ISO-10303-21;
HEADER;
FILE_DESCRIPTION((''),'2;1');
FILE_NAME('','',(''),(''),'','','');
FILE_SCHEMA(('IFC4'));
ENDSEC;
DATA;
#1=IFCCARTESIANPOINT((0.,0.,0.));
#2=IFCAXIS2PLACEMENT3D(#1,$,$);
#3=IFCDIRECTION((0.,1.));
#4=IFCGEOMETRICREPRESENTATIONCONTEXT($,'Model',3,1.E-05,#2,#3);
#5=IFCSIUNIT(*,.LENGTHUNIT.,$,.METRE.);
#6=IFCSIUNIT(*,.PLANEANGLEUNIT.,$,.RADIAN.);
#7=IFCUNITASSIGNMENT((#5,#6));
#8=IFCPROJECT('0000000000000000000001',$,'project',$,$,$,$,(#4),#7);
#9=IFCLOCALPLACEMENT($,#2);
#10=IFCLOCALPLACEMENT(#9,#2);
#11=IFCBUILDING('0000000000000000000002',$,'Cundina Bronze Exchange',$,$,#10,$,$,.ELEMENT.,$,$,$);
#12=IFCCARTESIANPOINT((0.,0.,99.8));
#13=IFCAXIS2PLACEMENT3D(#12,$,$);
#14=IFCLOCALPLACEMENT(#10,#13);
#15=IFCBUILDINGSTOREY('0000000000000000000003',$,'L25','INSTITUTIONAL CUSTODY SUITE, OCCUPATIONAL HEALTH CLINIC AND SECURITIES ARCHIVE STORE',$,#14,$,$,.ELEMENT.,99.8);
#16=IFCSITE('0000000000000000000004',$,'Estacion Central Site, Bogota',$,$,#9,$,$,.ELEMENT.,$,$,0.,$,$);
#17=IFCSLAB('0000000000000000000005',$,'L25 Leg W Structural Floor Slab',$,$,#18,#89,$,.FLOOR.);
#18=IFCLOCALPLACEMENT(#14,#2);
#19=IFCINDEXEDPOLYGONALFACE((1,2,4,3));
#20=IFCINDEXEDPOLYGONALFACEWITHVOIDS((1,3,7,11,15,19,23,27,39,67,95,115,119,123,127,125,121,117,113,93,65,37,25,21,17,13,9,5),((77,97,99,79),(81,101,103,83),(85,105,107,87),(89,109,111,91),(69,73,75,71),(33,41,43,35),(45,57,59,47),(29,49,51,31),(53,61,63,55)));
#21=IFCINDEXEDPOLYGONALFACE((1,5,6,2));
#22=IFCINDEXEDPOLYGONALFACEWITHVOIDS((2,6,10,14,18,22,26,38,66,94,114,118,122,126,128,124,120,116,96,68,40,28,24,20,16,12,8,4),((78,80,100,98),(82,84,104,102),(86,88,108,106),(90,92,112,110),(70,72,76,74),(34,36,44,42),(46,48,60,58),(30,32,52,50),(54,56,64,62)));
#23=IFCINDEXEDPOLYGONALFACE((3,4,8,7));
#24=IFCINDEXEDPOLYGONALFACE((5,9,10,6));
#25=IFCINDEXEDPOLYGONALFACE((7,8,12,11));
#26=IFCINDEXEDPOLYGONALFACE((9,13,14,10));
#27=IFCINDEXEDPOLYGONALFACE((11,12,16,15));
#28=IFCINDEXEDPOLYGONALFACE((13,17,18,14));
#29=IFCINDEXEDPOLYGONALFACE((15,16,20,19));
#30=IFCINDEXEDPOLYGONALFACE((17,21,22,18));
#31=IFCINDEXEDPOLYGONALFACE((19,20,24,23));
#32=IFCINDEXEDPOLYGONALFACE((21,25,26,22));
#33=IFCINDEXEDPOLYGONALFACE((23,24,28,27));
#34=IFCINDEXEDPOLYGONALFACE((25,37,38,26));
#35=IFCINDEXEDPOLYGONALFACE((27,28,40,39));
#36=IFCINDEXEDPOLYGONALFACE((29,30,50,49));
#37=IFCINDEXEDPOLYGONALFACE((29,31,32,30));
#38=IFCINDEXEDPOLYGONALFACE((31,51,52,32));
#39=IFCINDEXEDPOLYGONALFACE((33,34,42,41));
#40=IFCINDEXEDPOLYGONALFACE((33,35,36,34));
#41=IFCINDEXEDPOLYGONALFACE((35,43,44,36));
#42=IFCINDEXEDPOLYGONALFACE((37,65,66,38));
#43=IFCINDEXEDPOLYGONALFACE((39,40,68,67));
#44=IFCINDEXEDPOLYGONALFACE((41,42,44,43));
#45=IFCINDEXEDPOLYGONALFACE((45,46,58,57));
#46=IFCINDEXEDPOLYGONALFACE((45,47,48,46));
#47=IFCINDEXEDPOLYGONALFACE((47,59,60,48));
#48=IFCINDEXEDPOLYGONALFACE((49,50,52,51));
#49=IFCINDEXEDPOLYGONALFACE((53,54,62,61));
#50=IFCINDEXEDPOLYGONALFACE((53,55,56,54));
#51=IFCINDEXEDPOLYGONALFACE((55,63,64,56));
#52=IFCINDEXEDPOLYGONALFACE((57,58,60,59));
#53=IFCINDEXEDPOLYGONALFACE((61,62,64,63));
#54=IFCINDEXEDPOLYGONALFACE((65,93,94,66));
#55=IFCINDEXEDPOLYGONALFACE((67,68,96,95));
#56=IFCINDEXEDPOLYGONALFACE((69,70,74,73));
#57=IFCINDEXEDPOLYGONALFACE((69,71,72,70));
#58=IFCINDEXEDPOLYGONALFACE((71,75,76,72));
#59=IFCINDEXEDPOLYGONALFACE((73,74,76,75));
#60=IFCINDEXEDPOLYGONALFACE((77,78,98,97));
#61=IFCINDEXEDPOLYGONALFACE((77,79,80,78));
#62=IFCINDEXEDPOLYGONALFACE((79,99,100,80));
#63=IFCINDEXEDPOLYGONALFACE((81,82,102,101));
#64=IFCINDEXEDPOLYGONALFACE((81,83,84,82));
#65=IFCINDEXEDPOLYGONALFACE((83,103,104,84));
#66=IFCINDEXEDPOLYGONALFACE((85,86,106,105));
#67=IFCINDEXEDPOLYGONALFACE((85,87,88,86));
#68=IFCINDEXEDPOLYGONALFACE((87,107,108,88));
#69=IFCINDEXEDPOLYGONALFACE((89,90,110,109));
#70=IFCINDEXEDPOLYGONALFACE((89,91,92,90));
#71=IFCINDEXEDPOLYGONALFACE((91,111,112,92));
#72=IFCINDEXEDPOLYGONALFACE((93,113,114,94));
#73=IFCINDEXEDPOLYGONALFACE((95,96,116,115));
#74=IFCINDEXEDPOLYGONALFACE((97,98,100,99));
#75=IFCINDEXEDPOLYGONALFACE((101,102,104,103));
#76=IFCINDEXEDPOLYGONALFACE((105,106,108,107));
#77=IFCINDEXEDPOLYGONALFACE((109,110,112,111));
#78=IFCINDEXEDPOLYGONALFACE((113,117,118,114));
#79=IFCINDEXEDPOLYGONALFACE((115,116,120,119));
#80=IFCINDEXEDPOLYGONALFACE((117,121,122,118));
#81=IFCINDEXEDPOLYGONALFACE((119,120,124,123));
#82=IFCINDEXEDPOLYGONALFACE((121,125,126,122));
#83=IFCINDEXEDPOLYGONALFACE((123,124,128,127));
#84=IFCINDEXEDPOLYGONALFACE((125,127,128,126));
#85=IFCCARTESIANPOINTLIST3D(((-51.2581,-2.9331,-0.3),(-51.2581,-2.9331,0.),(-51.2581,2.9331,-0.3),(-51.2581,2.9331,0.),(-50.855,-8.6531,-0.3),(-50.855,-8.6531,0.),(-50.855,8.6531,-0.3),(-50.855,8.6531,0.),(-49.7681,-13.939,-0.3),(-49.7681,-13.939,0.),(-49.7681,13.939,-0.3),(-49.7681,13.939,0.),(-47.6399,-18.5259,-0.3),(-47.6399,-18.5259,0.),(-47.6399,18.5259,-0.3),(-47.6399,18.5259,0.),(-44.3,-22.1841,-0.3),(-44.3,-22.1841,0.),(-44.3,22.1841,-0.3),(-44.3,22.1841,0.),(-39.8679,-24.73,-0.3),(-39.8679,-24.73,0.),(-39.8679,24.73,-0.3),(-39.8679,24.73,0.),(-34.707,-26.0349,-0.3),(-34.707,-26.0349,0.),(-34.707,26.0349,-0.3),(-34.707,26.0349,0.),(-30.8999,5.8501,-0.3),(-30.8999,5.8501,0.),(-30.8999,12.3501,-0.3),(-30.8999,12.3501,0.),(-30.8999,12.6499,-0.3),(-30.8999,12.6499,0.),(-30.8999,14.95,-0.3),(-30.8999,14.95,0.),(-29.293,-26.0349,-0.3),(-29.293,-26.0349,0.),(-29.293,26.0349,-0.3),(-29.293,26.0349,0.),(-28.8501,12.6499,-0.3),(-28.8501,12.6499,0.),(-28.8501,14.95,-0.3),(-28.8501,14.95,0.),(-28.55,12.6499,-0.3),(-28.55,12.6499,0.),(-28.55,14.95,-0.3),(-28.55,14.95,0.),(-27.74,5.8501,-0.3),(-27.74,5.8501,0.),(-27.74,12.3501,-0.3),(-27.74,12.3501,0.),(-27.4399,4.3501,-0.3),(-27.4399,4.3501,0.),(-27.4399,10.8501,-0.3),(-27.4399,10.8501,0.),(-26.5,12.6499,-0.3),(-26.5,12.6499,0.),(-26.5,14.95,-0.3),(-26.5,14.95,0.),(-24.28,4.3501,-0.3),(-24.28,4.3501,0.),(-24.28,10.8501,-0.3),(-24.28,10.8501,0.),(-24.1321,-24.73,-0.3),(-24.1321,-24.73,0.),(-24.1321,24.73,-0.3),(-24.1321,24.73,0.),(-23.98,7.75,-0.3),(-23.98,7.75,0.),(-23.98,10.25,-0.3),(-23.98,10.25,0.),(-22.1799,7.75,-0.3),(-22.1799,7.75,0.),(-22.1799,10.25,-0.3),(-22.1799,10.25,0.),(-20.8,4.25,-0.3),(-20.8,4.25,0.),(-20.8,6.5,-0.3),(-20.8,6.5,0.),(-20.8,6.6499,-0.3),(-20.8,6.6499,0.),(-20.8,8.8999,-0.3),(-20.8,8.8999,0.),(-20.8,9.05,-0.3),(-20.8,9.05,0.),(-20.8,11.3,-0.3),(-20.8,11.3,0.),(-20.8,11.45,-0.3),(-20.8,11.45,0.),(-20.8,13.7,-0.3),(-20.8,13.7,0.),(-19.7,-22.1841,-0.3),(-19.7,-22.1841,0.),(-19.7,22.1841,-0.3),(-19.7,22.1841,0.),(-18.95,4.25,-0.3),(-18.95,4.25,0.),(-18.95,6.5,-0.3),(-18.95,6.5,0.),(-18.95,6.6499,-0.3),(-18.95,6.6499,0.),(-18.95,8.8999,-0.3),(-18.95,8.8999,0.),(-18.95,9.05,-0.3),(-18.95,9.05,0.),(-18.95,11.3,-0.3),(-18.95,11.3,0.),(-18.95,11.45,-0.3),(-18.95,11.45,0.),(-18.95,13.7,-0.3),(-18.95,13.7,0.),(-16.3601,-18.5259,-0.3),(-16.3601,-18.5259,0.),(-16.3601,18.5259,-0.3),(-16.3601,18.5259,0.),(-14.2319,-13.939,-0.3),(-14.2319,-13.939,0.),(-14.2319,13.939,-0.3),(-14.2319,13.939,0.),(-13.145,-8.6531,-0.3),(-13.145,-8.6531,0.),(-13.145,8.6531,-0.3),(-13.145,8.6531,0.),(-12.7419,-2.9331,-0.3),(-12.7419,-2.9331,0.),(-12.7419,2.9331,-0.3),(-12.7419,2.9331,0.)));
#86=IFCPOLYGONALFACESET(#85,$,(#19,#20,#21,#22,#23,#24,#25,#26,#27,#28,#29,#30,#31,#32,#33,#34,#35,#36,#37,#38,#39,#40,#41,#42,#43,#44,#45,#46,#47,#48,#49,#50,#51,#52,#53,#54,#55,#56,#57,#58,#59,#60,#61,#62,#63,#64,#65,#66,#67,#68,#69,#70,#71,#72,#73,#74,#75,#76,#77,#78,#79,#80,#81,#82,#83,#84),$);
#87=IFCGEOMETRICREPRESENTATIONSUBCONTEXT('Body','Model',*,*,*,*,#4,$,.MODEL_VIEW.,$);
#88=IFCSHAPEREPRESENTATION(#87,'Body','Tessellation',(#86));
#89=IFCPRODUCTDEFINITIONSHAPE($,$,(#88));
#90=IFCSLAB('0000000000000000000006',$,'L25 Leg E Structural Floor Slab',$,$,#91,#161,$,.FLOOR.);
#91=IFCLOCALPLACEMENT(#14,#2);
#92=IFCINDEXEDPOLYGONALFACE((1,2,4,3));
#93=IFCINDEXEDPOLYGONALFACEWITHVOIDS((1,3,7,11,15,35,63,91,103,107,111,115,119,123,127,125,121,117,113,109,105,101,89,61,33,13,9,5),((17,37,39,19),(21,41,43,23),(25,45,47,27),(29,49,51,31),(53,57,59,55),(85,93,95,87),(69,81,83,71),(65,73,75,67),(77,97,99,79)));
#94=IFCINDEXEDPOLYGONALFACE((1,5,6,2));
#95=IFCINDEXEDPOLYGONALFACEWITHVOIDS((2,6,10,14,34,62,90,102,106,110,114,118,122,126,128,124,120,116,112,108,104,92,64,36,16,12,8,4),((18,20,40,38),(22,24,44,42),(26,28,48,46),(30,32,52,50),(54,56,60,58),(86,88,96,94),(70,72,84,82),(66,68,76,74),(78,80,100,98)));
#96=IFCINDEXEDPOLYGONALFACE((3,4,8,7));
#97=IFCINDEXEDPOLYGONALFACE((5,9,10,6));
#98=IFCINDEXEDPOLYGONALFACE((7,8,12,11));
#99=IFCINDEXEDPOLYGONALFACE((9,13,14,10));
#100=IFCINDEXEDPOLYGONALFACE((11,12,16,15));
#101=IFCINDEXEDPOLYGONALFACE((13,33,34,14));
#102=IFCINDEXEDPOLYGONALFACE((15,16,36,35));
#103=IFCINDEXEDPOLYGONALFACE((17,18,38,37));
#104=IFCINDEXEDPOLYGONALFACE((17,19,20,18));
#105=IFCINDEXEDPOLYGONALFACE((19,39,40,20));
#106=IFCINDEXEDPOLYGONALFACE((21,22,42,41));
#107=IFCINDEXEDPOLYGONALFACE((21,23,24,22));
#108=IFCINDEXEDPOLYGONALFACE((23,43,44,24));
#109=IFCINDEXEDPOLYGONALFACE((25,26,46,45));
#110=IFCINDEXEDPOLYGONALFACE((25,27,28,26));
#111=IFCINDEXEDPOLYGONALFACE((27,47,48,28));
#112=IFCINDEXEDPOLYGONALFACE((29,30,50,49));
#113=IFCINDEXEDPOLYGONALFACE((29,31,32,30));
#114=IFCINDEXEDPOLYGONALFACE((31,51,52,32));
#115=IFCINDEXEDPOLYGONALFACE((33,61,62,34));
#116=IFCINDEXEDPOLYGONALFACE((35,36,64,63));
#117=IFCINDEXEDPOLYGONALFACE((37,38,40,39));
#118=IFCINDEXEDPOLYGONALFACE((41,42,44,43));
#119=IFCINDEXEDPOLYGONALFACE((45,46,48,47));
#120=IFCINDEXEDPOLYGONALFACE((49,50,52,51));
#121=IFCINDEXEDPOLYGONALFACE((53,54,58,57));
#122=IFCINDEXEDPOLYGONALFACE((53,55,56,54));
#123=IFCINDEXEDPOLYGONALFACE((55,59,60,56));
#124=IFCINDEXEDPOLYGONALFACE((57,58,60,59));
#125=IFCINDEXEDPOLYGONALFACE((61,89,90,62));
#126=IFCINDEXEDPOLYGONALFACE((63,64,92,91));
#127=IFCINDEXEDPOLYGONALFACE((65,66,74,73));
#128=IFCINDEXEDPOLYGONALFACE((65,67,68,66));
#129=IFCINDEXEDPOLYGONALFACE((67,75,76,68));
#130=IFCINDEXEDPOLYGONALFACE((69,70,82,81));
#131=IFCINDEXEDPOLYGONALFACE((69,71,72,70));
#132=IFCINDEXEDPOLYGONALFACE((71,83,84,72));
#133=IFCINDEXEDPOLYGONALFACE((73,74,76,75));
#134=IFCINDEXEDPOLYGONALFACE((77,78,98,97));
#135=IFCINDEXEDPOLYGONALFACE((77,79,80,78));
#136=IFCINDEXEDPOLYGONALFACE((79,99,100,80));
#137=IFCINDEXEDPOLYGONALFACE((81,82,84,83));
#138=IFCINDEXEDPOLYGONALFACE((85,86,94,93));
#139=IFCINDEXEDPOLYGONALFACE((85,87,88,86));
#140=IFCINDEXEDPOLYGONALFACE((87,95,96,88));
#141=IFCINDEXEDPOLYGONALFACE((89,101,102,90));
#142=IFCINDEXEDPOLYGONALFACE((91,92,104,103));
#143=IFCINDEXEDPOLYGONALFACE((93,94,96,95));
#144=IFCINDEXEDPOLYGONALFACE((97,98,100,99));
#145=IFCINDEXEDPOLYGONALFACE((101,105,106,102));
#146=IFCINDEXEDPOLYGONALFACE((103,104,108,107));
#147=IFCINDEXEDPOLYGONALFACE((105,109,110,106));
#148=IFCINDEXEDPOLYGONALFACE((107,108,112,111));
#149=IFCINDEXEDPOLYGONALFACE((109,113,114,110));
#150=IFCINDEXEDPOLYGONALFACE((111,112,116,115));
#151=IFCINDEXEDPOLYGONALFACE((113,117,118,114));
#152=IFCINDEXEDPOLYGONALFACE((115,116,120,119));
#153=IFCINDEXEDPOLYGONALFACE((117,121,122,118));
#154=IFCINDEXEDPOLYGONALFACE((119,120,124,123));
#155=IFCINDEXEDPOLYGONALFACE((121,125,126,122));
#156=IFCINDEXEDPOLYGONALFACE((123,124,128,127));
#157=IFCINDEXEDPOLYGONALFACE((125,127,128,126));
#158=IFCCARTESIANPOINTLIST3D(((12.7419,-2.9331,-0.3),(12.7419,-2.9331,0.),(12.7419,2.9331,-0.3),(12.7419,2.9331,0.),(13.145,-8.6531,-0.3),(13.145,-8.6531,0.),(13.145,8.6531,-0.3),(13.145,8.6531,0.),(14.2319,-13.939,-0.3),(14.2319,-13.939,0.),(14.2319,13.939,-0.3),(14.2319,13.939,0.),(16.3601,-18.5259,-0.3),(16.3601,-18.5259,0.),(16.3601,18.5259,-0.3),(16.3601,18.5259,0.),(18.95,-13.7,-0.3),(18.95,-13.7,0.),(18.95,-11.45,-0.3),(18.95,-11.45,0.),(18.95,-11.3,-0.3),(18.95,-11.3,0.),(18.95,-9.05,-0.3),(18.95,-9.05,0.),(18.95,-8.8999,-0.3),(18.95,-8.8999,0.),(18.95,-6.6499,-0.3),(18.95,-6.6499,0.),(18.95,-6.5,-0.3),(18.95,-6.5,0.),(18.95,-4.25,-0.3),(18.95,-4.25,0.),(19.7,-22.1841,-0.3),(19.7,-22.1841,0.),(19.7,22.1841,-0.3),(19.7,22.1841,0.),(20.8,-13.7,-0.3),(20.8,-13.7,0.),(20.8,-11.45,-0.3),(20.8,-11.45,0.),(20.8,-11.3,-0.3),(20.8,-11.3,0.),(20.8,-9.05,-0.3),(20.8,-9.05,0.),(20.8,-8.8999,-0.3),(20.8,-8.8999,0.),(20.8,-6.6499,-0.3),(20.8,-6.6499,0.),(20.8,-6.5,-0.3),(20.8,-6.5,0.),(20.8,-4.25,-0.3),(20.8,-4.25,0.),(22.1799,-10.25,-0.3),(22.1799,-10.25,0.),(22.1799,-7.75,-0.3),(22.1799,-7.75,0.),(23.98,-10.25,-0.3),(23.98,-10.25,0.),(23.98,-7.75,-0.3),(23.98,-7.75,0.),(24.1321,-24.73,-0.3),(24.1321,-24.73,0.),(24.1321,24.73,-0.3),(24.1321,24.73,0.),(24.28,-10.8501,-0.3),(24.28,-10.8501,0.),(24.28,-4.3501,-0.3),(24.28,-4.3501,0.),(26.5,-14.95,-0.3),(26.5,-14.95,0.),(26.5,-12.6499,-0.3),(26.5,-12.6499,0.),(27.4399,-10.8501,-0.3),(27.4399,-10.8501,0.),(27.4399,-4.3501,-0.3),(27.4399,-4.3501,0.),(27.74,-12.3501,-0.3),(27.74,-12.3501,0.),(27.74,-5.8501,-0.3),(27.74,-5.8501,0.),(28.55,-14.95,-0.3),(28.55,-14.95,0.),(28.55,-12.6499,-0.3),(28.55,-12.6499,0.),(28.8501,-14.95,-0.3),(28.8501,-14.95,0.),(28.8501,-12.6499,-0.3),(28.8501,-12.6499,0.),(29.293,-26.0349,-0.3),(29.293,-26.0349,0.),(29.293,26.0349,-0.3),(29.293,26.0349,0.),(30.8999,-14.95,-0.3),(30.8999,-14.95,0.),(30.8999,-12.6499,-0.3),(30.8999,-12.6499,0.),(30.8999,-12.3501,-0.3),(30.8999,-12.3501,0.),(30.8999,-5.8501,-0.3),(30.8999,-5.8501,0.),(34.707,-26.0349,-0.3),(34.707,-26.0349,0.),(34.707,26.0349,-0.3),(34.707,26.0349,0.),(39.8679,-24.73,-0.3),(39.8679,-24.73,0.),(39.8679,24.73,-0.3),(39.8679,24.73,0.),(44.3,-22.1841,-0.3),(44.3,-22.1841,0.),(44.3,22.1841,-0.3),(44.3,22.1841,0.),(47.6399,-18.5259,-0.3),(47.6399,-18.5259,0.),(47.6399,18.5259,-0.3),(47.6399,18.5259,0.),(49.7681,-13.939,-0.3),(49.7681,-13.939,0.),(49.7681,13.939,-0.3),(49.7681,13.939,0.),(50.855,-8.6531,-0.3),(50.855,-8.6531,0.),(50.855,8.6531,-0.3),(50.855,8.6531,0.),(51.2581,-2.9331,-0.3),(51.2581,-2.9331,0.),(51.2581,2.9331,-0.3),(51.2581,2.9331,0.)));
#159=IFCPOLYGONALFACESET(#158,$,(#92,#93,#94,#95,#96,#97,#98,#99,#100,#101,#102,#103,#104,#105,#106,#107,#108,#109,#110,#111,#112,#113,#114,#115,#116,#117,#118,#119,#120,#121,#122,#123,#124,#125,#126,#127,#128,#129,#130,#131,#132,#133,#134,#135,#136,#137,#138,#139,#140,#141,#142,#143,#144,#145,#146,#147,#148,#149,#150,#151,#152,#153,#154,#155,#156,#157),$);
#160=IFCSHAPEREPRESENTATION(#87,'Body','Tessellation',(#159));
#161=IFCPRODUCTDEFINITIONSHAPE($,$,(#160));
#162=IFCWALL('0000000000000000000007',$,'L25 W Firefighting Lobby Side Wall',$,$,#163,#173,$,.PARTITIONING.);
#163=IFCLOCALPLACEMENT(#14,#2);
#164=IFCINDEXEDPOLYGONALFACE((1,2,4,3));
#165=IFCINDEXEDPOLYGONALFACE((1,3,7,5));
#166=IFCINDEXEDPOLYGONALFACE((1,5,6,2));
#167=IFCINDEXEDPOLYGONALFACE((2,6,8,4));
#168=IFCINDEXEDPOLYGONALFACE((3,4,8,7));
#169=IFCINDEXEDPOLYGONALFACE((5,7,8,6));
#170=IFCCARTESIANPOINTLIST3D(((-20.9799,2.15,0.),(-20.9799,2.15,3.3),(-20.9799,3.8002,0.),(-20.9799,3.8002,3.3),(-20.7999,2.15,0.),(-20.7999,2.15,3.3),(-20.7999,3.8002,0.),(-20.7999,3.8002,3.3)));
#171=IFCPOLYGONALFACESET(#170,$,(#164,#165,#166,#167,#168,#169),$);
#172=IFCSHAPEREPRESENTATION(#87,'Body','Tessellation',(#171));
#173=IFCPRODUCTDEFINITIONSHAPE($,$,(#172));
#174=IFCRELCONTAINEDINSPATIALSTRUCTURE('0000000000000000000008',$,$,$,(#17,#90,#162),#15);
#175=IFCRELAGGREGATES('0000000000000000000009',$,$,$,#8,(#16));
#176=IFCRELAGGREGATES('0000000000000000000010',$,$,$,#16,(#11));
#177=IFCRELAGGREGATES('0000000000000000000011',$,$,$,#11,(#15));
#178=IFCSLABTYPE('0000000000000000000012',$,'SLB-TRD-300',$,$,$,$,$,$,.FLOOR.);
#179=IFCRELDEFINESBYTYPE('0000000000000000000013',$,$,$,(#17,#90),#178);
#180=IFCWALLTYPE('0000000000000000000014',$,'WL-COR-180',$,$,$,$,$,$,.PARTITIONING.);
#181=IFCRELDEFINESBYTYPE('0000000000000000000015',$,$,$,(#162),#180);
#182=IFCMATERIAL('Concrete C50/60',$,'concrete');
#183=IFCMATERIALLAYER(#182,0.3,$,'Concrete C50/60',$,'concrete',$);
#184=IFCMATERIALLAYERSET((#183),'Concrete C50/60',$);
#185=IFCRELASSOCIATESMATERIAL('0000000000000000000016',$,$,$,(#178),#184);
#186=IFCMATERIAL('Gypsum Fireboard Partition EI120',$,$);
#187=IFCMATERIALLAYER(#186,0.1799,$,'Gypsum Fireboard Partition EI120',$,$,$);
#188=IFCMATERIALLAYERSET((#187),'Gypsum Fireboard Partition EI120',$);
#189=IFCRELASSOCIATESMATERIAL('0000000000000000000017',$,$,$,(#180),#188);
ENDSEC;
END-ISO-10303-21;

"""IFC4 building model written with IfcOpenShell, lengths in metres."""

from ifc_helpers import new_model, si_unit, direction, frame, frame_2d, origin, place, context, subcontext, project, spatial, polyline, rectangle, outline, extrude, material, layer, layer_set, type_object, element, save


model = new_model("IFC4")

# Units and contexts
model_context = context("Model", 3, precision=1e-05, world=origin(), true_north=direction((0.0, 1.0)))
body_context = subcontext(model_context, "Body", "Model", "MODEL_VIEW")
ifc_project = project(units=[si_unit("LENGTHUNIT", "METRE"), si_unit("PLANEANGLEUNIT", "RADIAN")], contexts=[model_context])

# Site, building, storey
site_placement = place(None, origin())
site = spatial("IfcSite", under=ifc_project, at=site_placement, Name="Estacion Central Site, Bogota", CompositionType="ELEMENT", RefElevation=0.0)
building_placement = place(site_placement, origin())
building = spatial("IfcBuilding", under=site, at=building_placement, Name="Cundina Bronze Exchange", CompositionType="ELEMENT")
storey_placement = place(building_placement, frame((0.0, 0.0, 99.8)))
storey = spatial("IfcBuildingStorey", under=building, at=storey_placement, Name="L25", Description="INSTITUTIONAL CUSTODY SUITE, OCCUPATIONAL HEALTH CLINIC AND SECURITIES ARCHIVE STORE", CompositionType="ELEMENT", Elevation=99.8)

# Slabs
ifc_material_1 = material(Name="Concrete C50/60", Category="concrete")
ifc_layer_1 = layer(ifc_material_1, 0.3, Name="Concrete C50/60", Category="concrete")
ifc_layer_set_1 = layer_set([ifc_layer_1], Name="Concrete C50/60")
slab_type_1 = type_object("IfcSlabType", Name="SLB-TRD-300", PredefinedType="FLOOR", material=ifc_layer_set_1)
slab_1_placement = place(storey_placement, frame((0.0, 0.0, -0.3)))
element("IfcSlab", 1, at=slab_1_placement, inside=storey, type_object=slab_type_1, Name="L25 Leg W Structural Floor Slab", PredefinedType="FLOOR", context=body_context, shape_type="SweptSolid", body=[
    extrude(outline(polyline([(-12.7419, 2.9331), (-13.145, 8.6531), (-14.2319, 13.939), (-16.3601, 18.5259), (-19.7, 22.1841), (-24.1321, 24.73), (-29.293, 26.0349), (-34.707, 26.0349), (-39.8679, 24.73), (-44.3, 22.1841), (-47.6399, 18.5259), (-49.7681, 13.939), (-50.855, 8.6531), (-51.2581, 2.9331), (-51.2581, -2.9331), (-50.855, -8.6531), (-49.7681, -13.939), (-47.6399, -18.5259), (-44.3, -22.1841), (-39.8679, -24.73), (-34.707, -26.0349), (-29.293, -26.0349), (-24.1321, -24.73), (-19.7, -22.1841), (-16.3601, -18.5259), (-14.2319, -13.939), (-13.145, -8.6531), (-12.7419, -2.9331), (-12.7419, 2.9331)]), holes=[polyline([(-27.74, 5.8501), (-27.74, 12.3501), (-30.8999, 12.3501), (-30.8999, 5.8501), (-27.74, 5.8501)]), polyline([(-27.4399, 10.8501), (-27.4399, 4.3501), (-24.28, 4.3501), (-24.28, 10.8501), (-27.4399, 10.8501)]), polyline([(-23.98, 10.25), (-22.1799, 10.25), (-22.1799, 7.75), (-23.98, 7.75), (-23.98, 10.25)]), polyline([(-30.8999, 14.95), (-28.8501, 14.95), (-28.8501, 12.6499), (-30.8999, 12.6499), (-30.8999, 14.95)]), polyline([(-28.55, 14.95), (-26.5, 14.95), (-26.5, 12.6499), (-28.55, 12.6499), (-28.55, 14.95)]), polyline([(-20.8, 13.7), (-18.95, 13.7), (-18.95, 11.45), (-20.8, 11.45), (-20.8, 13.7)]), polyline([(-20.8, 11.3), (-18.95, 11.3), (-18.95, 9.05), (-20.8, 9.05), (-20.8, 11.3)]), polyline([(-20.8, 8.8999), (-18.95, 8.8999), (-18.95, 6.6499), (-20.8, 6.6499), (-20.8, 8.8999)]), polyline([(-20.8, 6.5), (-18.95, 6.5), (-18.95, 4.25), (-20.8, 4.25), (-20.8, 6.5)])]), origin(), (0.0, 0.0, 1.0), 0.3),
])
slab_2_placement = place(storey_placement, frame((0.0, 0.0, -0.3)))
element("IfcSlab", 2, at=slab_2_placement, inside=storey, type_object=slab_type_1, Name="L25 Leg E Structural Floor Slab", PredefinedType="FLOOR", context=body_context, shape_type="SweptSolid", body=[
    extrude(outline(polyline([(51.2581, 2.9331), (50.855, 8.6531), (49.7681, 13.939), (47.6399, 18.5259), (44.3, 22.1841), (39.8679, 24.73), (34.707, 26.0349), (29.293, 26.0349), (24.1321, 24.73), (19.7, 22.1841), (16.3601, 18.5259), (14.2319, 13.939), (13.145, 8.6531), (12.7419, 2.9331), (12.7419, -2.9331), (13.145, -8.6531), (14.2319, -13.939), (16.3601, -18.5259), (19.7, -22.1841), (24.1321, -24.73), (29.293, -26.0349), (34.707, -26.0349), (39.8679, -24.73), (44.3, -22.1841), (47.6399, -18.5259), (49.7681, -13.939), (50.855, -8.6531), (51.2581, -2.9331), (51.2581, 2.9331)]), holes=[polyline([(27.74, -5.8501), (27.74, -12.3501), (30.8999, -12.3501), (30.8999, -5.8501), (27.74, -5.8501)]), polyline([(27.4399, -10.8501), (27.4399, -4.3501), (24.28, -4.3501), (24.28, -10.8501), (27.4399, -10.8501)]), polyline([(22.1799, -7.75), (23.98, -7.75), (23.98, -10.25), (22.1799, -10.25), (22.1799, -7.75)]), polyline([(28.8501, -12.6499), (30.8999, -12.6499), (30.8999, -14.95), (28.8501, -14.95), (28.8501, -12.6499)]), polyline([(26.5, -12.6499), (28.55, -12.6499), (28.55, -14.95), (26.5, -14.95), (26.5, -12.6499)]), polyline([(18.95, -11.45), (20.8, -11.45), (20.8, -13.7), (18.95, -13.7), (18.95, -11.45)]), polyline([(18.95, -9.05), (20.8, -9.05), (20.8, -11.3), (18.95, -11.3), (18.95, -9.05)]), polyline([(18.95, -6.6499), (20.8, -6.6499), (20.8, -8.8999), (18.95, -8.8999), (18.95, -6.6499)]), polyline([(18.95, -4.25), (20.8, -4.25), (20.8, -6.5), (18.95, -6.5), (18.95, -4.25)])]), origin(), (0.0, 0.0, 1.0), 0.3),
])

# Wall
ifc_material_2 = material(Name="Gypsum Fireboard Partition EI120")
ifc_layer_2 = layer(ifc_material_2, 0.1799, Name="Gypsum Fireboard Partition EI120")
ifc_layer_set_2 = layer_set([ifc_layer_2], Name="Gypsum Fireboard Partition EI120")
wall_type = type_object("IfcWallType", Name="WL-COR-180", PredefinedType="PARTITIONING", material=ifc_layer_set_2)
wall_1_placement = place(storey_placement, frame((-20.8899, 2.1499, 0.0), z_axis=(0.0, 0.0, 1.0), x_axis=(0.0, 1.0, 0.0)))
element("IfcWall", 3, at=wall_1_placement, inside=storey, type_object=wall_type, Name="L25 W Firefighting Lobby Side Wall", PredefinedType="PARTITIONING", context=body_context, shape_type="SweptSolid", body=[
    extrude(rectangle(XDim=1.6501, YDim=0.1799, at=frame_2d((0.8252, 0.0))), origin(), (0.0, 0.0, 1.0), 3.3),
])

save(model, "model.ifc")
